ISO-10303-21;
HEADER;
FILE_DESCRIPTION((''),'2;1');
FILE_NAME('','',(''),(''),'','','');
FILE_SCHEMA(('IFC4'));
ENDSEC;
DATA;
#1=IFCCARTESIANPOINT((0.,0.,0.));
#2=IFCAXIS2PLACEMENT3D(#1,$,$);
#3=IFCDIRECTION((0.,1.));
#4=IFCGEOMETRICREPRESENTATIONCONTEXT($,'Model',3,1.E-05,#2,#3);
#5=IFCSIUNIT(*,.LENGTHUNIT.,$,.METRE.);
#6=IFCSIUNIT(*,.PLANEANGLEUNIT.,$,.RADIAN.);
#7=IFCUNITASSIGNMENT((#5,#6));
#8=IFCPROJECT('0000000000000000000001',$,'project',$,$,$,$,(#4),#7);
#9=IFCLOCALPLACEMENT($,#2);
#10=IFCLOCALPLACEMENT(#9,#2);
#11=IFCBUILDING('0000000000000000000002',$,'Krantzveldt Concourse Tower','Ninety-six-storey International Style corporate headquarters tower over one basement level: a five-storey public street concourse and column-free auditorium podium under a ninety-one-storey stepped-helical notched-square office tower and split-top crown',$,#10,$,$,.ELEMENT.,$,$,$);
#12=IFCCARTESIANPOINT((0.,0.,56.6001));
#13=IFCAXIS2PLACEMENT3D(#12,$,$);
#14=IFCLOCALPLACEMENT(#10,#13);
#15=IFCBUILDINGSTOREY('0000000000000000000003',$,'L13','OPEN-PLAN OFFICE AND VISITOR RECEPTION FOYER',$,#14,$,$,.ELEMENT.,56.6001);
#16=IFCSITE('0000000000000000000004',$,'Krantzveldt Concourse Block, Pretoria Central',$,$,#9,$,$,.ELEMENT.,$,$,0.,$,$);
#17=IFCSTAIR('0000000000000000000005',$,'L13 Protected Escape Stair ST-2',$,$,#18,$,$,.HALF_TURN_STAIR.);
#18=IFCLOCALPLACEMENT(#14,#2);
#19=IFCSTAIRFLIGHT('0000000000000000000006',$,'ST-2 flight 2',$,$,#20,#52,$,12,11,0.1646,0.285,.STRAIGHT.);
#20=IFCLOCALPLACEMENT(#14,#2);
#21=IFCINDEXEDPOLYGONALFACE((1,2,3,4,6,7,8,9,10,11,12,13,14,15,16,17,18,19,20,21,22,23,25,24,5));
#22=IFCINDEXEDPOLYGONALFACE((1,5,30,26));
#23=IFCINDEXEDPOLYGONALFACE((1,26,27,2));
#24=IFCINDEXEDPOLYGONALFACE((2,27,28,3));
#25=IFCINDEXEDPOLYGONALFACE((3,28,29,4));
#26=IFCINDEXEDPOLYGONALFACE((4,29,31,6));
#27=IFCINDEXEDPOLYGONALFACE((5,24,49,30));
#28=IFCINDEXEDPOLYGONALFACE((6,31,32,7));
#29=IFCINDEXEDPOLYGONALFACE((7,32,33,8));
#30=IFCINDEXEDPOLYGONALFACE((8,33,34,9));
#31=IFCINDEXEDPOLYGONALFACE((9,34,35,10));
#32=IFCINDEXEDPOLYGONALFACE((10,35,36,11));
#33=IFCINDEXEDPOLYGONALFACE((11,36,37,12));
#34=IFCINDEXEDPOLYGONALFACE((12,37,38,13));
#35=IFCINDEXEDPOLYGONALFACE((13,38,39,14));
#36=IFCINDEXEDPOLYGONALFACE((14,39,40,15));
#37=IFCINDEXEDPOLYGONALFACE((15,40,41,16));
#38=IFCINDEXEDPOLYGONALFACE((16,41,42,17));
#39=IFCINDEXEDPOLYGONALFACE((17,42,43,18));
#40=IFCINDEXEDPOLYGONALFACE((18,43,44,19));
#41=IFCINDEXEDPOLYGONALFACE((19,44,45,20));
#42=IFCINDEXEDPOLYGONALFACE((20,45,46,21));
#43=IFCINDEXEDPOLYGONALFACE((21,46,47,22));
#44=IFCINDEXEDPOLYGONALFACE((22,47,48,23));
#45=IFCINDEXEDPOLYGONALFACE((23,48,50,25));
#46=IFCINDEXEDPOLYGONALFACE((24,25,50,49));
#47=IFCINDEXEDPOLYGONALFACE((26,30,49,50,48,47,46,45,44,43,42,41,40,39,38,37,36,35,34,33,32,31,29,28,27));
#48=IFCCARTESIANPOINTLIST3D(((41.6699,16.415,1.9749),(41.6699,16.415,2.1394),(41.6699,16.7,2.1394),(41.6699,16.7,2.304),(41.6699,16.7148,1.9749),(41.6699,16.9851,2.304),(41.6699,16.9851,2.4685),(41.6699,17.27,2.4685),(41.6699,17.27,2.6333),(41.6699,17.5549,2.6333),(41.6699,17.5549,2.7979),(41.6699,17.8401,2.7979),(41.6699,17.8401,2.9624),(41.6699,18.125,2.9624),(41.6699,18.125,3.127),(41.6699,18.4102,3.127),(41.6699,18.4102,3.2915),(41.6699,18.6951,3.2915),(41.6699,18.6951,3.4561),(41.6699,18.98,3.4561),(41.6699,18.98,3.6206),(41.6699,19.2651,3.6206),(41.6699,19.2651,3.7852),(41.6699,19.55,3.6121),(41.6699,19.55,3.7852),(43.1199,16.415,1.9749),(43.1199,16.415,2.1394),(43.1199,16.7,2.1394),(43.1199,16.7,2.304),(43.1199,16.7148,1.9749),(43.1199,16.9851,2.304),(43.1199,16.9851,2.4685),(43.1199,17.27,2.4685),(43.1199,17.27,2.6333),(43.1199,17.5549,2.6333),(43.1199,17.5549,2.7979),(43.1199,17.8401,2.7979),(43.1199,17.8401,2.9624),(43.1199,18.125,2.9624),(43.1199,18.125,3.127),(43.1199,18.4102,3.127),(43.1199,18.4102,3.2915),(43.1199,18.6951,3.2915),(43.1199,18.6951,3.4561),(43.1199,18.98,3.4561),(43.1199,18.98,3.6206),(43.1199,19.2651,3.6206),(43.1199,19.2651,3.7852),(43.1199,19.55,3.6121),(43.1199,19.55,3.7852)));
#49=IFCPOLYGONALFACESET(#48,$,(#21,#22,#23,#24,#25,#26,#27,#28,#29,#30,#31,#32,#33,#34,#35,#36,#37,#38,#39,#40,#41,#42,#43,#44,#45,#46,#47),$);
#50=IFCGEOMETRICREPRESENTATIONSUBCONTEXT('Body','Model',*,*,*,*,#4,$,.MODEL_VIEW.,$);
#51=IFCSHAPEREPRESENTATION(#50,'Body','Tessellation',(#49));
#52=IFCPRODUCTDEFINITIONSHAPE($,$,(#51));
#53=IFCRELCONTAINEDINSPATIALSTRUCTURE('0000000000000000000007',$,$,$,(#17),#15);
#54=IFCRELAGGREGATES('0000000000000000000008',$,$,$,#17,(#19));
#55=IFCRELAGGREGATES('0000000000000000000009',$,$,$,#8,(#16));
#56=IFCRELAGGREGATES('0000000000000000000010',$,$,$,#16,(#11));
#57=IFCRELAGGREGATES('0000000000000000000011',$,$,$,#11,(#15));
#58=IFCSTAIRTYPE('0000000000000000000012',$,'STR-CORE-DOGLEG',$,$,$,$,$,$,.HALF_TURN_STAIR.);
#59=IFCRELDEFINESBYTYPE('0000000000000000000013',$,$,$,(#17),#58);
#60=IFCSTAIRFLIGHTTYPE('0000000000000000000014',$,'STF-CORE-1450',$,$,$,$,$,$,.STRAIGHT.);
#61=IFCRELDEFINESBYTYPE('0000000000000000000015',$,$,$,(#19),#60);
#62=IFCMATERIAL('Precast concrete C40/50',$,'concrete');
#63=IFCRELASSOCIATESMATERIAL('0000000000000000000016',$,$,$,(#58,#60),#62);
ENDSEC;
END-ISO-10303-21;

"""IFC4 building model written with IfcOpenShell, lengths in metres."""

from ifc_helpers import new_model, si_unit, direction, frame, origin, place, context, subcontext, project, spatial, polyline, outline, extrude, material, type_object, element, aggregate, save


model = new_model("IFC4")

# Units and contexts
model_context = context("Model", 3, precision=1e-05, world=origin(), true_north=direction((0.0, 1.0)))
body_context = subcontext(model_context, "Body", "Model", "MODEL_VIEW")
ifc_project = project(units=[si_unit("LENGTHUNIT", "METRE"), si_unit("PLANEANGLEUNIT", "RADIAN")], contexts=[model_context])

# Site, building, storey
site_placement = place(None, origin())
site = spatial("IfcSite", under=ifc_project, at=site_placement, Name="Krantzveldt Concourse Block, Pretoria Central", CompositionType="ELEMENT", RefElevation=0.0)
building_placement = place(site_placement, origin())
building = spatial("IfcBuilding", under=site, at=building_placement, Name="Krantzveldt Concourse Tower", Description="Ninety-six-storey International Style corporate headquarters tower over one basement level: a five-storey public street concourse and column-free auditorium podium under a ninety-one-storey stepped-helical notched-square office tower and split-top crown", CompositionType="ELEMENT")
storey_placement = place(building_placement, frame((0.0, 0.0, 56.6001)))
storey = spatial("IfcBuildingStorey", under=building, at=storey_placement, Name="L13", Description="OPEN-PLAN OFFICE AND VISITOR RECEPTION FOYER", CompositionType="ELEMENT", Elevation=56.6001)

# Stair, stair flight
ifc_material_1 = material(Name="Precast concrete C40/50", Category="concrete")
stair_type = type_object("IfcStairType", Name="STR-CORE-DOGLEG", PredefinedType="HALF_TURN_STAIR", material=ifc_material_1)
stair_placement = place(storey_placement, origin())
stair = element("IfcStair", 1, at=stair_placement, inside=storey, type_object=stair_type, Name="L13 Protected Escape Stair ST-2", PredefinedType="HALF_TURN_STAIR")
stair_flight_type = type_object("IfcStairFlightType", Name="STF-CORE-1450", PredefinedType="STRAIGHT", material=ifc_material_1)
stair_flight_1_placement = place(storey_placement, frame((42.395, 16.415, 1.9749), z_axis=(0.0, 0.0, 1.0), x_axis=(0.0, 1.0, 0.0)))
stair_flight_1 = element("IfcStairFlight", 2, at=stair_flight_1_placement, type_object=stair_flight_type, Name="ST-2 flight 2", NumberOfRisers=12, NumberOfTreads=11, PredefinedType="STRAIGHT", RiserHeight=0.1646, TreadLength=0.285, context=body_context, shape_type="SweptSolid", body=[
    extrude(outline(polyline([(0.0, 0.0), (0.0, 0.1646), (0.2849, 0.1646), (0.2849, 0.3291), (0.5701, 0.3291), (0.5701, 0.4937), (0.855, 0.4937), (0.855, 0.6584), (1.1399, 0.6584), (1.1399, 0.823), (1.425, 0.823), (1.425, 0.9875), (1.71, 0.9875), (1.71, 1.1521), (1.9951, 1.1521), (1.9951, 1.3167), (2.28, 1.3167), (2.28, 1.4812), (2.5649, 1.4812), (2.5649, 1.6458), (2.8501, 1.6458), (2.8501, 1.8103), (3.135, 1.8103), (3.135, 1.9751), (3.135, 1.6372), (0.2998, 0.0), (0.0, 0.0)])), frame((0.0, 0.7251, 0.0), z_axis=(0.0, -1.0, 0.0), x_axis=(1.0, 0.0, 0.0)), (0.0, 0.0, 1.0), 1.45),
])
aggregate(stair, [stair_flight_1])

save(model, "model.ifc")
